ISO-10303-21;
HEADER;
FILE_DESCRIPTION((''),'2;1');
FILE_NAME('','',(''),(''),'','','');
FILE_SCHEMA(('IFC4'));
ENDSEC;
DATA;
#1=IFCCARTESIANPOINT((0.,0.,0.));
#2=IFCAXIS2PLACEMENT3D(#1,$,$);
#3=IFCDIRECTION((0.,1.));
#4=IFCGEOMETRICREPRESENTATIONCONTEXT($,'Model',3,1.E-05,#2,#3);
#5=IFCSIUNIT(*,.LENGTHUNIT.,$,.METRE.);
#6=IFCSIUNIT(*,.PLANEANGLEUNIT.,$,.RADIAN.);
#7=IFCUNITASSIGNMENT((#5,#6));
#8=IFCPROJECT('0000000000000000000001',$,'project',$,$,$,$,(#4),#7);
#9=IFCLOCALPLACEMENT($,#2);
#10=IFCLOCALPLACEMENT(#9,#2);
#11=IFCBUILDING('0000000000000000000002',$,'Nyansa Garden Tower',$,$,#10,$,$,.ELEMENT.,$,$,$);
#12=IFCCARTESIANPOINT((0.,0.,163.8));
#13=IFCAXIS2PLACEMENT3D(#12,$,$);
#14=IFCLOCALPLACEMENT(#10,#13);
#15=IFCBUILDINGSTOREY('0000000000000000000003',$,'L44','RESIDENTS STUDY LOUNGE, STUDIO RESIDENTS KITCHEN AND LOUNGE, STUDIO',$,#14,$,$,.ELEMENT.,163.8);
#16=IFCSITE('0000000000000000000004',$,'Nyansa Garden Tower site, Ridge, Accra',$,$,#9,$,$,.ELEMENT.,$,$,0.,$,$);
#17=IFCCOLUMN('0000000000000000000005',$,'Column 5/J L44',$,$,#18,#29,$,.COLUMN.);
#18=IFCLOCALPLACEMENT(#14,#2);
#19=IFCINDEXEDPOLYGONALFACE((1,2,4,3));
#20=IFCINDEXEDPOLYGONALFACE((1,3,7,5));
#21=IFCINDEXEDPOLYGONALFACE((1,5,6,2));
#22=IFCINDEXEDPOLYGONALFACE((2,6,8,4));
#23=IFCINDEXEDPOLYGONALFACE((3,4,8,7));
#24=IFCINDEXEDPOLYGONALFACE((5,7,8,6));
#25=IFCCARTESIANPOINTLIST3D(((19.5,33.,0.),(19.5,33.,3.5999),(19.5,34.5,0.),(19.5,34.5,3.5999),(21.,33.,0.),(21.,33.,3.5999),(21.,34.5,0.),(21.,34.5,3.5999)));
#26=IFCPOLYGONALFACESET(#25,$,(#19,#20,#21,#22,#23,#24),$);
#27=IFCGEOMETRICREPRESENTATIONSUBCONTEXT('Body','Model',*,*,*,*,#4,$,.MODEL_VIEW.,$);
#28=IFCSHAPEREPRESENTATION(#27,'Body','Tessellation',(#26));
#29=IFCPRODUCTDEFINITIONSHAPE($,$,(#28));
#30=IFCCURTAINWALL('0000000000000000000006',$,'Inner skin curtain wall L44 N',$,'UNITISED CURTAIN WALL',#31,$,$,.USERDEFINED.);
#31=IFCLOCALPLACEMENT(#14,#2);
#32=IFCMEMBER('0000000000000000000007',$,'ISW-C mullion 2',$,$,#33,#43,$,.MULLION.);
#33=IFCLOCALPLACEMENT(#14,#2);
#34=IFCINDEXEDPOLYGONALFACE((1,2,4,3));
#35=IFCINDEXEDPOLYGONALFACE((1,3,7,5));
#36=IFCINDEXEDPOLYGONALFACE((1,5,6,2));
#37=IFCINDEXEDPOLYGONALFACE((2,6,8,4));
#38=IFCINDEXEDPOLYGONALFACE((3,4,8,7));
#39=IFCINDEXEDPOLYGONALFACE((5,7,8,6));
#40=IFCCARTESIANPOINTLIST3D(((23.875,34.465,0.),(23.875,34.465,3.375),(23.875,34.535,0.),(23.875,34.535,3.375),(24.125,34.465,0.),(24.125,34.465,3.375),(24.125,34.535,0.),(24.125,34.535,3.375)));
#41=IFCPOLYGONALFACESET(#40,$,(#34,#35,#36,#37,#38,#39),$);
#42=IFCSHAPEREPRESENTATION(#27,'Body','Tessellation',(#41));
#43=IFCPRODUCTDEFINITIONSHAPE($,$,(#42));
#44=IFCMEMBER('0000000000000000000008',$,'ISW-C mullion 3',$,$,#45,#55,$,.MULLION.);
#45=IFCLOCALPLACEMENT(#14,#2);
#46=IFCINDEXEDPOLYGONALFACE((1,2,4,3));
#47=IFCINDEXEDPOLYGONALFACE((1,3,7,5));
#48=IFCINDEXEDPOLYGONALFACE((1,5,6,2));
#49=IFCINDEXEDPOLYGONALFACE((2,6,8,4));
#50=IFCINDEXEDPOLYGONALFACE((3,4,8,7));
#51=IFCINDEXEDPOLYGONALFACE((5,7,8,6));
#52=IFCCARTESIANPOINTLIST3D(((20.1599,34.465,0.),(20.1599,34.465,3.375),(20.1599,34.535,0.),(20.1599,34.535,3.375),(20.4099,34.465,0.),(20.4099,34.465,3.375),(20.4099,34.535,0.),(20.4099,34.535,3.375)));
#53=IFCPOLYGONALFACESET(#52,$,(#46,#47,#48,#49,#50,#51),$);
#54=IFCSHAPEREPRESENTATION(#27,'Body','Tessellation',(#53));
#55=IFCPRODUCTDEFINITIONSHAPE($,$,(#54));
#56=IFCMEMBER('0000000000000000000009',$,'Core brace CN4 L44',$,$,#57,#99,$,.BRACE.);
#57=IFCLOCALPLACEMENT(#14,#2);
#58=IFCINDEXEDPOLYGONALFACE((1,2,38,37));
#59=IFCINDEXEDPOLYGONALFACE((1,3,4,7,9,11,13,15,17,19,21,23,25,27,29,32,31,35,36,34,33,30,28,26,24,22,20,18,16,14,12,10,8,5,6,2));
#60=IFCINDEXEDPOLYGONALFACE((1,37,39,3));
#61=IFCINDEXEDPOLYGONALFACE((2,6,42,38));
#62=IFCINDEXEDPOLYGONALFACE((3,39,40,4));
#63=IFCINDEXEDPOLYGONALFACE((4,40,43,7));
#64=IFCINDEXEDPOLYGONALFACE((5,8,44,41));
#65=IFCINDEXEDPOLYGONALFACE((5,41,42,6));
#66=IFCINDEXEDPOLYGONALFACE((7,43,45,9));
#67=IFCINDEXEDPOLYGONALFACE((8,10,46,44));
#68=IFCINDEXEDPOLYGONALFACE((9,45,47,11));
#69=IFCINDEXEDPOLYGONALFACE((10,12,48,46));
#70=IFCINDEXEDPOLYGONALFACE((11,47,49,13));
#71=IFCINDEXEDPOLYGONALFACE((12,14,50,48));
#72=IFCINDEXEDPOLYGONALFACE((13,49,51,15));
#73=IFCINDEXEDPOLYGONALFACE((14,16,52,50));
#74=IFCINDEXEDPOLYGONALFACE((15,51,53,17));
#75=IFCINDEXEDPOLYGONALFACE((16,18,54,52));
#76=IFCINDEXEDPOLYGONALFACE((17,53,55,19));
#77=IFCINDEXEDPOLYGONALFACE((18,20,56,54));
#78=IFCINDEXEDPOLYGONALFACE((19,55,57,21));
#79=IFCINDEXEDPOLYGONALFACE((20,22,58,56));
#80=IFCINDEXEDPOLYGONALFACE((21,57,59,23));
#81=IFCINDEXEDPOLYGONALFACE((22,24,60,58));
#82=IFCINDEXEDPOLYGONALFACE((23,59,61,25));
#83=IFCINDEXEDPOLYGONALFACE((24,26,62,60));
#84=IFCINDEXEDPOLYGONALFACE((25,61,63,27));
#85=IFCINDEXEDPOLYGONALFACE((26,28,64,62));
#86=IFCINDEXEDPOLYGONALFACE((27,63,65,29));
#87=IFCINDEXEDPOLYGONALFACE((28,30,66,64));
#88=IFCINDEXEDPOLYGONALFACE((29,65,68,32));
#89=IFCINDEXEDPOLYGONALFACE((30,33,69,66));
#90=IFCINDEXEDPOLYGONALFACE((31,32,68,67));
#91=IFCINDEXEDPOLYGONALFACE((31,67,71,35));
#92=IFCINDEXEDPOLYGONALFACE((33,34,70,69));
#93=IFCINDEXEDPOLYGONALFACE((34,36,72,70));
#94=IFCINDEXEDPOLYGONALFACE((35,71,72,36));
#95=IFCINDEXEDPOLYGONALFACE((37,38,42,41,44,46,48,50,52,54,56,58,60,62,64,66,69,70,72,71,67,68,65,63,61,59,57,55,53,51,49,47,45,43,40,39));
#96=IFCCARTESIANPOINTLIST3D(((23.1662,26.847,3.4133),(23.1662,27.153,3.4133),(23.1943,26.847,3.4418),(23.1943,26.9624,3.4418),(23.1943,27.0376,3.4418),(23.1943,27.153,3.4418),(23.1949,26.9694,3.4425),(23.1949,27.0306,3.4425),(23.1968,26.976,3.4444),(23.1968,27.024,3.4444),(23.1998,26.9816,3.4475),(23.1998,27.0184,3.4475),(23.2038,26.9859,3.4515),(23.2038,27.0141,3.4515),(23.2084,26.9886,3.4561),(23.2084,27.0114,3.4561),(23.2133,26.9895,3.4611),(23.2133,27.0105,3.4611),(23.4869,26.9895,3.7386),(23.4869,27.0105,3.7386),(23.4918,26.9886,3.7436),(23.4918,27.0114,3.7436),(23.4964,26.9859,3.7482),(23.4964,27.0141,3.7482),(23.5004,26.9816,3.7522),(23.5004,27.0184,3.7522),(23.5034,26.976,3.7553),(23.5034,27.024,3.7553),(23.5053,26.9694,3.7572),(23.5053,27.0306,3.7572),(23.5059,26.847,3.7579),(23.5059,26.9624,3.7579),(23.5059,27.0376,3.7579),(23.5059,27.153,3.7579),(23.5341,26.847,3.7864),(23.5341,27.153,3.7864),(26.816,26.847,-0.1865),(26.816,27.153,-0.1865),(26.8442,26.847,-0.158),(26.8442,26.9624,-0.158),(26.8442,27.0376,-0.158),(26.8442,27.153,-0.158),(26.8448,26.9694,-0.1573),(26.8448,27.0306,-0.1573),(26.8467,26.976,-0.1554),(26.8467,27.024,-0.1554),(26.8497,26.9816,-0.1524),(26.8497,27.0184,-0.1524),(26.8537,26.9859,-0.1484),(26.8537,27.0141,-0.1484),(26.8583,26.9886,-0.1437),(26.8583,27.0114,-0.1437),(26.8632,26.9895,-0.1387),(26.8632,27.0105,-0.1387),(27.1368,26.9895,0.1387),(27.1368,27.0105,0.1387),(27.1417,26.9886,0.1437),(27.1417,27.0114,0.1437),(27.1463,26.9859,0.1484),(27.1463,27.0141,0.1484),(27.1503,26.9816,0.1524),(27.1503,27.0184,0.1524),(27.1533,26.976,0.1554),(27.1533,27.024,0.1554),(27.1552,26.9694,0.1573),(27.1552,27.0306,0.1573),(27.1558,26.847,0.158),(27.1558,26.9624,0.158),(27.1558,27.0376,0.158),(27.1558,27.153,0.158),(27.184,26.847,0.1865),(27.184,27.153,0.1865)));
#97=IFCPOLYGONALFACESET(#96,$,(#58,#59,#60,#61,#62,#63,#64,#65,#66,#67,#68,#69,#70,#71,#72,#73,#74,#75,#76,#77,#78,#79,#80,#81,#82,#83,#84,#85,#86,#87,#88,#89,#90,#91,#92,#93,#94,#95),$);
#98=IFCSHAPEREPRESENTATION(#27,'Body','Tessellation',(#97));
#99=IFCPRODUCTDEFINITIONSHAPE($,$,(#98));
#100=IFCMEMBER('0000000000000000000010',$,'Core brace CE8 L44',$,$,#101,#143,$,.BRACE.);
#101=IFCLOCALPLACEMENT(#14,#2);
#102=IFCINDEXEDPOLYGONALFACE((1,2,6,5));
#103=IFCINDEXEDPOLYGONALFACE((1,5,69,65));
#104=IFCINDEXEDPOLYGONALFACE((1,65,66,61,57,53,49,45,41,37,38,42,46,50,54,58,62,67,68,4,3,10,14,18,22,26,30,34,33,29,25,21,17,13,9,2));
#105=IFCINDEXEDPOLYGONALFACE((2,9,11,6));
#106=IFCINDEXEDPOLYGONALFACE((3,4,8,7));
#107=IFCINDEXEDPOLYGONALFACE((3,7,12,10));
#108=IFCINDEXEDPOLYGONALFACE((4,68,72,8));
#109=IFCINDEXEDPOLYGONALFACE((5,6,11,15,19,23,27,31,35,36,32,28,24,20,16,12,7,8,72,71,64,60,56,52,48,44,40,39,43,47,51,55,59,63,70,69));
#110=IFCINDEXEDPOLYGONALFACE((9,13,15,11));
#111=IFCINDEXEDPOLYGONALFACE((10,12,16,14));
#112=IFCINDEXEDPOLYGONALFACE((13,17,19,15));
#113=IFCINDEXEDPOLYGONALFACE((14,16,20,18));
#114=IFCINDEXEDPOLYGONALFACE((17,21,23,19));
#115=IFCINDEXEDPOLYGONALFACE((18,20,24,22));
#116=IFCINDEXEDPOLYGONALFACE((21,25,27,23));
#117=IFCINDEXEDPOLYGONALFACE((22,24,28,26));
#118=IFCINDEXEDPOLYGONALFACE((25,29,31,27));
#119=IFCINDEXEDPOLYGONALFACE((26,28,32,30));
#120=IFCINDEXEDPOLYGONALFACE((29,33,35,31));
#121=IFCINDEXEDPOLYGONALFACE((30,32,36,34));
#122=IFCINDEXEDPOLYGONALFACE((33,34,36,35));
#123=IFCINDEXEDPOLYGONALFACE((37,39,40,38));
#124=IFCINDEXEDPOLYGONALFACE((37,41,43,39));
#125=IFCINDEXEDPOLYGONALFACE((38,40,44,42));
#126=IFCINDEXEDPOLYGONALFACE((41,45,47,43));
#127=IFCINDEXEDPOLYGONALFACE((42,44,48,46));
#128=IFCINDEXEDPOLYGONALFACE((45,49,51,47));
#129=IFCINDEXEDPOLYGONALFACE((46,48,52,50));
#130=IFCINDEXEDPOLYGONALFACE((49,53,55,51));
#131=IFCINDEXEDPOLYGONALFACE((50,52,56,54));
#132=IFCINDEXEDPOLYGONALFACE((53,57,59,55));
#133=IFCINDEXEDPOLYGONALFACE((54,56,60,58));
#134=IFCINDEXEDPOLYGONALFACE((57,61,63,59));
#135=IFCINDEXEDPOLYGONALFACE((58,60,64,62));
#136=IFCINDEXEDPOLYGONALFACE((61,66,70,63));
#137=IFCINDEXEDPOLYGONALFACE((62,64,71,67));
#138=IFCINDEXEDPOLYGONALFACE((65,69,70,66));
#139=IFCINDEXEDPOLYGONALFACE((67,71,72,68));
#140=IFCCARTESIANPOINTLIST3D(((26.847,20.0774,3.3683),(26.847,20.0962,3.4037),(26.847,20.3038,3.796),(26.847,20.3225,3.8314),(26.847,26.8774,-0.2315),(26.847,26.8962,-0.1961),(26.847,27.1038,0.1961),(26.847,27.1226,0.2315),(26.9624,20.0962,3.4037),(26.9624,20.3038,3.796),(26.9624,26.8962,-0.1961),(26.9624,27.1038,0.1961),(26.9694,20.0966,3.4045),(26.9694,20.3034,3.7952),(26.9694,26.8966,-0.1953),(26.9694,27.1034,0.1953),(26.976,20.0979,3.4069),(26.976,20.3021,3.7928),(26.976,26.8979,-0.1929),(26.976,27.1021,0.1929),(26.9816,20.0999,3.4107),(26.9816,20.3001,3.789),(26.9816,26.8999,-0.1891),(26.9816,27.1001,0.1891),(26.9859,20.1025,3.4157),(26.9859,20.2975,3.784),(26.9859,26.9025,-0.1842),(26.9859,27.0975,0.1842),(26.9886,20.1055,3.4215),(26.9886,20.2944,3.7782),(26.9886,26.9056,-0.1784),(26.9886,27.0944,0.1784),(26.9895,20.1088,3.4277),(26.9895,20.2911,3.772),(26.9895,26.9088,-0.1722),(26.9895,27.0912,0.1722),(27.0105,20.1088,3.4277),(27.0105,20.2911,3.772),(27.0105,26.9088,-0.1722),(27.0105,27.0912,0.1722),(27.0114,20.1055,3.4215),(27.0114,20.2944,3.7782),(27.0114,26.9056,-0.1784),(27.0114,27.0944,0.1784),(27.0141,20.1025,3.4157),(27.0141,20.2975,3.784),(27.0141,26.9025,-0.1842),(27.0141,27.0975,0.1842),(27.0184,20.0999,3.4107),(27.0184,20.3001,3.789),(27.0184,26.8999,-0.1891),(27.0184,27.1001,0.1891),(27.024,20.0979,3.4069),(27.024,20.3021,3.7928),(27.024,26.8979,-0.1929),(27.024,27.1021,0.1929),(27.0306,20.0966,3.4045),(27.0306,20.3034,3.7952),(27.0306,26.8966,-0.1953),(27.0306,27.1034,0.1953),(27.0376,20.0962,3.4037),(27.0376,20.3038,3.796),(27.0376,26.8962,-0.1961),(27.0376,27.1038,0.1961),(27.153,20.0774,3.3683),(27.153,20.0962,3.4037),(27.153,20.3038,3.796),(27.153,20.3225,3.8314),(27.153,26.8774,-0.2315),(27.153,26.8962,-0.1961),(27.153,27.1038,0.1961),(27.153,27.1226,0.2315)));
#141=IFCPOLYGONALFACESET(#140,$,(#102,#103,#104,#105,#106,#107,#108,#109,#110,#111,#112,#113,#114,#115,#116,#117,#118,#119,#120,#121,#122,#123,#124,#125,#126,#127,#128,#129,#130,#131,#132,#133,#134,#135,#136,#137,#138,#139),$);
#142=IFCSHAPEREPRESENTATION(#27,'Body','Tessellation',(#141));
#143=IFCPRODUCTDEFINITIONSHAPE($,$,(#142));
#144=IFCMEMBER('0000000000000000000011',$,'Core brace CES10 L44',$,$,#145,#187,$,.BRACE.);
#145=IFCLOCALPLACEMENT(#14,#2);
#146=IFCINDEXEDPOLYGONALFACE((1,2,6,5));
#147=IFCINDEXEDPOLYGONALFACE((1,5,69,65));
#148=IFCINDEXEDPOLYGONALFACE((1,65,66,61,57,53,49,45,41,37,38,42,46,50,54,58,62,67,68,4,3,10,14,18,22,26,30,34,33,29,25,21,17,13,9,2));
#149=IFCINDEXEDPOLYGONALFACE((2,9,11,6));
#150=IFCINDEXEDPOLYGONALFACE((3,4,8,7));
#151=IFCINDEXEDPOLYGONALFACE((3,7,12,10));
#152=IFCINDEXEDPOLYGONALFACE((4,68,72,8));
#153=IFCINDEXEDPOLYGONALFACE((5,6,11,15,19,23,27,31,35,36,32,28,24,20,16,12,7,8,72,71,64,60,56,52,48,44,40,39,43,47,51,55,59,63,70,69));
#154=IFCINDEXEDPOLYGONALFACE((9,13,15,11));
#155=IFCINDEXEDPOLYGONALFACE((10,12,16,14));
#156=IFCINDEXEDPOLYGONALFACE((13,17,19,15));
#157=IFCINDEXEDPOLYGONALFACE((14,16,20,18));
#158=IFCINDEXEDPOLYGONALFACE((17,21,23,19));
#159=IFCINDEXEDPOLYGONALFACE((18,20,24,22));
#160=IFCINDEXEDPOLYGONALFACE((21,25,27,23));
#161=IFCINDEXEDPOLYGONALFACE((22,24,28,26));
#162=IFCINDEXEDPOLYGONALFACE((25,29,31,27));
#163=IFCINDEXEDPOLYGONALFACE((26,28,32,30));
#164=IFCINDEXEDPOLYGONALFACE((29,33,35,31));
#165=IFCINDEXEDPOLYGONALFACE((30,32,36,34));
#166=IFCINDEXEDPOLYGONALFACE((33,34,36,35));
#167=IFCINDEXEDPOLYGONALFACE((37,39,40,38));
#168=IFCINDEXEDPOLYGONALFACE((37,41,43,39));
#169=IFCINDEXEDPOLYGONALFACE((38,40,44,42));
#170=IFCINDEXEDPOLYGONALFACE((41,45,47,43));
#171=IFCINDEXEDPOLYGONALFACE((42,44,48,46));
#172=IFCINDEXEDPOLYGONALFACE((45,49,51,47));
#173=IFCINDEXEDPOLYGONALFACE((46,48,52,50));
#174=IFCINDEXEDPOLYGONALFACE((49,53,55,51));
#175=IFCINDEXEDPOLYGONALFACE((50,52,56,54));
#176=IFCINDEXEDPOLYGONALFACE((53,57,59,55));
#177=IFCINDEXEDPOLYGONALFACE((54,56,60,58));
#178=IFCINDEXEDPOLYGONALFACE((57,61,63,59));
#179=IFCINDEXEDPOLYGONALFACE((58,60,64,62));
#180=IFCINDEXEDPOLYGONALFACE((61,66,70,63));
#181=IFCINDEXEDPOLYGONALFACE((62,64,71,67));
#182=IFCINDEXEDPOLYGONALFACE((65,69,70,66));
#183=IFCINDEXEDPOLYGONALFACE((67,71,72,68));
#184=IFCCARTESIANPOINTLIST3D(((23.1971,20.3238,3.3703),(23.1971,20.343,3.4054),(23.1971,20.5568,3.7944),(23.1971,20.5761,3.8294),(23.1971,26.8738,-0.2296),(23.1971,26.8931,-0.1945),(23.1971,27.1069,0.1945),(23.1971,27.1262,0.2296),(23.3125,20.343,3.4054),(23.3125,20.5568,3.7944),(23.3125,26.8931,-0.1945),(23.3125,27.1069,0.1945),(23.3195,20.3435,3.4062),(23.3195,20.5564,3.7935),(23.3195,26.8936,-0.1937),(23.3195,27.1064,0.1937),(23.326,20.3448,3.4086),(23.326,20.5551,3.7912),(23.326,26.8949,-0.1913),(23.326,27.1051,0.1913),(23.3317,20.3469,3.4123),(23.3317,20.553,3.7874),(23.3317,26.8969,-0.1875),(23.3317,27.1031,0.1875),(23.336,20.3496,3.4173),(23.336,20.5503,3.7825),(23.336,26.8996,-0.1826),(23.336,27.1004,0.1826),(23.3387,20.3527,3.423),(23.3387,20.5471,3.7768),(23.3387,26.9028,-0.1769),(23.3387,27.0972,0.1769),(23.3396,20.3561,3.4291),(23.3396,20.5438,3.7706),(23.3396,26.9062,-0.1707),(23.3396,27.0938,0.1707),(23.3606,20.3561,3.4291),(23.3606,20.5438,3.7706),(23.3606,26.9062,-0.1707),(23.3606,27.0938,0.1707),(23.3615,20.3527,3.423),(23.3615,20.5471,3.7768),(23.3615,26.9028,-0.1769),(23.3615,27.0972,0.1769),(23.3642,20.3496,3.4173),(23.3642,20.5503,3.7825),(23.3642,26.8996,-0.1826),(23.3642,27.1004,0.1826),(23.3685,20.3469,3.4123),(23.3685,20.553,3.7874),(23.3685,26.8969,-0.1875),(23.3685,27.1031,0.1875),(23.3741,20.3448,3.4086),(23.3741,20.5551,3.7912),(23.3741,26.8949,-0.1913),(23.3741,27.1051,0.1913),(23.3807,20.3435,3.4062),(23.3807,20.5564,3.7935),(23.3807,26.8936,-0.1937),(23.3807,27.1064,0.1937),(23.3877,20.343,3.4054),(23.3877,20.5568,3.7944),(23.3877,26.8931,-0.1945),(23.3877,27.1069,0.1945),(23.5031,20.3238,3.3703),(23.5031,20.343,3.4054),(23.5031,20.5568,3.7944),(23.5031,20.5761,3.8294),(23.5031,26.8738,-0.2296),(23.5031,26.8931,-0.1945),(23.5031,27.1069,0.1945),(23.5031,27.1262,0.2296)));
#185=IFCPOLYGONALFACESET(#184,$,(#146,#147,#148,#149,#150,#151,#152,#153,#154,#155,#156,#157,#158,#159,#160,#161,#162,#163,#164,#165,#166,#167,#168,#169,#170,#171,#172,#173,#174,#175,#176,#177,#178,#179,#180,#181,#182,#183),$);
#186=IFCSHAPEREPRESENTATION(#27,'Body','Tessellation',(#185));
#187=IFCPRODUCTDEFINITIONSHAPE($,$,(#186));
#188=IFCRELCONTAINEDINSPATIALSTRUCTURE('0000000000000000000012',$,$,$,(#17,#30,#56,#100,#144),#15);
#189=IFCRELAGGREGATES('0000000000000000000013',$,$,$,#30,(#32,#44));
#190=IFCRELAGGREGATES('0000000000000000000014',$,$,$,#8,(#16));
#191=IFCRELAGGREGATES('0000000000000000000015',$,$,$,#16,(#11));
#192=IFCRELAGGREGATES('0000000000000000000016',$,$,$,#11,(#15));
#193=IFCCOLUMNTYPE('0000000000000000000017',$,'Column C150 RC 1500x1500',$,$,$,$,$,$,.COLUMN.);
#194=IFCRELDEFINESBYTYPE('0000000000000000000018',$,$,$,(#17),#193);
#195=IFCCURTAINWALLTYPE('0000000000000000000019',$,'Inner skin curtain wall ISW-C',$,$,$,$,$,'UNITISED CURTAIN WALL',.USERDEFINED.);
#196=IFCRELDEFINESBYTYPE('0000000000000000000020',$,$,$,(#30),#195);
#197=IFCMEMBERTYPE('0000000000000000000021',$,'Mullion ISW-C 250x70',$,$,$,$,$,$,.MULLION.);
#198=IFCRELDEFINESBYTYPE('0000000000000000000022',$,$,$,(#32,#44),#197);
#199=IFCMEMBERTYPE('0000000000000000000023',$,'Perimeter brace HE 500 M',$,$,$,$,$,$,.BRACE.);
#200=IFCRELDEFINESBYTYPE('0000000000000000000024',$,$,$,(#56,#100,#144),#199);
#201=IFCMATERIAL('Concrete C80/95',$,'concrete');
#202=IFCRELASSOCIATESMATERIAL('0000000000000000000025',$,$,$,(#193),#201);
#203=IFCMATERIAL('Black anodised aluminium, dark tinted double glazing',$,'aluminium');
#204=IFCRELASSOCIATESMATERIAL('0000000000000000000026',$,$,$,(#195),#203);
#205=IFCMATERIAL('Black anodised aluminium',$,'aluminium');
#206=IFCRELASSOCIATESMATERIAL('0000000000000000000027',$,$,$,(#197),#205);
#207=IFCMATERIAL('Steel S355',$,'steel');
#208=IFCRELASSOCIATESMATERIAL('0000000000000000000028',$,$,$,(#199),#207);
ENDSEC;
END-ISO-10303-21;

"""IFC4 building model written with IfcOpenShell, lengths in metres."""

from ifc_helpers import new_model, si_unit, direction, frame, origin, origin_2d, place, context, subcontext, project, spatial, rectangle, i_section, extrude, material, material_profile, profile_set, type_object, element, aggregate, save


model = new_model("IFC4")

# Units and contexts
model_context = context("Model", 3, precision=1e-05, world=origin(), true_north=direction((0.0, 1.0)))
body_context = subcontext(model_context, "Body", "Model", "MODEL_VIEW")
ifc_project = project(units=[si_unit("LENGTHUNIT", "METRE"), si_unit("PLANEANGLEUNIT", "RADIAN")], contexts=[model_context])

# Site, building, storey
site_placement = place(None, origin())
site = spatial("IfcSite", under=ifc_project, at=site_placement, Name="Nyansa Garden Tower site, Ridge, Accra", CompositionType="ELEMENT", RefElevation=0.0)
building_placement = place(site_placement, origin())
building = spatial("IfcBuilding", under=site, at=building_placement, Name="Nyansa Garden Tower", CompositionType="ELEMENT")
storey_placement = place(building_placement, frame((0.0, 0.0, 163.8)))
storey = spatial("IfcBuildingStorey", under=building, at=storey_placement, Name="L44", Description="RESIDENTS STUDY LOUNGE, STUDIO RESIDENTS KITCHEN AND LOUNGE, STUDIO", CompositionType="ELEMENT", Elevation=163.8)

# Column
ifc_material_1 = material(Name="Concrete C80/95", Category="concrete")
ifc_material_profile_1 = material_profile(ifc_material_1, rectangle(XDim=1.5, YDim=1.5, at=origin_2d()), Name="RC 1500x1500")
ifc_profile_set_1 = profile_set([ifc_material_profile_1], Name="Concrete C80/95")
column_type = type_object("IfcColumnType", Name="Column C150 RC 1500x1500", PredefinedType="COLUMN", material=ifc_profile_set_1)
column_placement = place(storey_placement, frame((20.25, 33.75, 0.0), z_axis=(0.0, 0.0, 1.0), x_axis=(1.0, 0.0, 0.0)))
element("IfcColumn", 1, at=column_placement, inside=storey, type_object=column_type, Name="Column 5/J L44", PredefinedType="COLUMN", context=body_context, shape_type="SweptSolid", body=[
    extrude(rectangle(XDim=1.5, YDim=1.5, at=origin_2d()), origin(), (0.0, 0.0, 1.0), 3.5999),
])

# Curtain wall, members
ifc_material_2 = material(Name="Black anodised aluminium, dark tinted double glazing", Category="aluminium")
curtain_wall_type = type_object("IfcCurtainWallType", Name="Inner skin curtain wall ISW-C", ElementType="UNITISED CURTAIN WALL", PredefinedType="USERDEFINED", material=ifc_material_2)
curtain_wall_placement = place(storey_placement, origin())
curtain_wall = element("IfcCurtainWall", 2, at=curtain_wall_placement, inside=storey, type_object=curtain_wall_type, Name="Inner skin curtain wall L44 N", ObjectType="UNITISED CURTAIN WALL", PredefinedType="USERDEFINED")
ifc_material_3 = material(Name="Black anodised aluminium", Category="aluminium")
ifc_material_profile_2 = material_profile(ifc_material_3, rectangle(XDim=0.0701, YDim=0.25, at=origin_2d()), Name="Mullion 250x70")
ifc_profile_set_2 = profile_set([ifc_material_profile_2], Name="Black anodised aluminium")
member_type_1 = type_object("IfcMemberType", Name="Mullion ISW-C 250x70", PredefinedType="MULLION", material=ifc_profile_set_2)
member_1_placement = place(storey_placement, frame((24.0, 34.5, 0.0), z_axis=(0.0, 0.0, 1.0), x_axis=(0.0, -1.0, 0.0)))
member_1 = element("IfcMember", 3, at=member_1_placement, type_object=member_type_1, Name="ISW-C mullion 2", PredefinedType="MULLION", context=body_context, shape_type="SweptSolid", body=[
    extrude(rectangle(XDim=0.0701, YDim=0.25, at=origin_2d()), origin(), (0.0, 0.0, 1.0), 3.375),
])
member_2_placement = place(storey_placement, frame((20.2849, 34.5, 0.0), z_axis=(0.0, 0.0, 1.0), x_axis=(0.0, -1.0, 0.0)))
member_2 = element("IfcMember", 4, at=member_2_placement, type_object=member_type_1, Name="ISW-C mullion 3", PredefinedType="MULLION", context=body_context, shape_type="SweptSolid", body=[
    extrude(rectangle(XDim=0.0701, YDim=0.25, at=origin_2d()), origin(), (0.0, 0.0, 1.0), 3.375),
])

# Members
ifc_material_4 = material(Name="Steel S355", Category="steel")
ifc_material_profile_3 = material_profile(ifc_material_4, i_section(OverallWidth=0.3059, OverallDepth=0.5239, WebThickness=0.021, FlangeThickness=0.04, FilletRadius=0.0271, at=origin_2d()), Name="HE 500 M")
ifc_profile_set_3 = profile_set([ifc_material_profile_3], Name="Steel S355")
member_type_2 = type_object("IfcMemberType", Name="Perimeter brace HE 500 M", PredefinedType="BRACE", material=ifc_profile_set_3)
member_3_placement = place(storey_placement, frame((27.0, 27.0, 0.0), z_axis=(-0.711971, 0.0, 0.702209), x_axis=(0.0, -1.0, 0.0)))
element("IfcMember", 5, at=member_3_placement, inside=storey, type_object=member_type_2, Name="Core brace CN4 L44", PredefinedType="BRACE", context=body_context, shape_type="SweptSolid", body=[
    extrude(i_section(OverallWidth=0.3059, OverallDepth=0.5239, WebThickness=0.021, FlangeThickness=0.04, FilletRadius=0.0271, at=origin_2d()), origin(), (0.0, 0.0, 1.0), 5.1265),
])
member_4_placement = place(storey_placement, frame((27.0, 27.0, 0.0), z_axis=(0.0, -0.883797, 0.46787), x_axis=(1.0, 0.0, 0.0)))
element("IfcMember", 6, at=member_4_placement, inside=storey, type_object=member_type_2, Name="Core brace CE8 L44", PredefinedType="BRACE", context=body_context, shape_type="SweptSolid", body=[
    extrude(i_section(OverallWidth=0.3059, OverallDepth=0.5239, WebThickness=0.021, FlangeThickness=0.04, FilletRadius=0.0271, at=origin_2d()), origin(), (0.0, 0.0, 1.0), 7.6941),
])
for number, where, z_axis, x_axis, name in (
    (7, (23.3501, 27.0, 0.0), (0.0, -0.876367, 0.481644), (1.0, 0.0, 0.0), "Core brace CES10 L44"),
):
    element("IfcMember", number, at=place(storey_placement, frame(where, z_axis=z_axis, x_axis=x_axis)), inside=storey, type_object=member_type_2, Name=name, PredefinedType="BRACE", context=body_context, shape_type="SweptSolid", body=[
        extrude(i_section(OverallWidth=0.3059, OverallDepth=0.5239, WebThickness=0.021, FlangeThickness=0.04, FilletRadius=0.0271, at=origin_2d()), origin(), (0.0, 0.0, 1.0), 7.4741),
    ])

aggregate(curtain_wall, [member_1, member_2])

save(model, "model.ifc")
